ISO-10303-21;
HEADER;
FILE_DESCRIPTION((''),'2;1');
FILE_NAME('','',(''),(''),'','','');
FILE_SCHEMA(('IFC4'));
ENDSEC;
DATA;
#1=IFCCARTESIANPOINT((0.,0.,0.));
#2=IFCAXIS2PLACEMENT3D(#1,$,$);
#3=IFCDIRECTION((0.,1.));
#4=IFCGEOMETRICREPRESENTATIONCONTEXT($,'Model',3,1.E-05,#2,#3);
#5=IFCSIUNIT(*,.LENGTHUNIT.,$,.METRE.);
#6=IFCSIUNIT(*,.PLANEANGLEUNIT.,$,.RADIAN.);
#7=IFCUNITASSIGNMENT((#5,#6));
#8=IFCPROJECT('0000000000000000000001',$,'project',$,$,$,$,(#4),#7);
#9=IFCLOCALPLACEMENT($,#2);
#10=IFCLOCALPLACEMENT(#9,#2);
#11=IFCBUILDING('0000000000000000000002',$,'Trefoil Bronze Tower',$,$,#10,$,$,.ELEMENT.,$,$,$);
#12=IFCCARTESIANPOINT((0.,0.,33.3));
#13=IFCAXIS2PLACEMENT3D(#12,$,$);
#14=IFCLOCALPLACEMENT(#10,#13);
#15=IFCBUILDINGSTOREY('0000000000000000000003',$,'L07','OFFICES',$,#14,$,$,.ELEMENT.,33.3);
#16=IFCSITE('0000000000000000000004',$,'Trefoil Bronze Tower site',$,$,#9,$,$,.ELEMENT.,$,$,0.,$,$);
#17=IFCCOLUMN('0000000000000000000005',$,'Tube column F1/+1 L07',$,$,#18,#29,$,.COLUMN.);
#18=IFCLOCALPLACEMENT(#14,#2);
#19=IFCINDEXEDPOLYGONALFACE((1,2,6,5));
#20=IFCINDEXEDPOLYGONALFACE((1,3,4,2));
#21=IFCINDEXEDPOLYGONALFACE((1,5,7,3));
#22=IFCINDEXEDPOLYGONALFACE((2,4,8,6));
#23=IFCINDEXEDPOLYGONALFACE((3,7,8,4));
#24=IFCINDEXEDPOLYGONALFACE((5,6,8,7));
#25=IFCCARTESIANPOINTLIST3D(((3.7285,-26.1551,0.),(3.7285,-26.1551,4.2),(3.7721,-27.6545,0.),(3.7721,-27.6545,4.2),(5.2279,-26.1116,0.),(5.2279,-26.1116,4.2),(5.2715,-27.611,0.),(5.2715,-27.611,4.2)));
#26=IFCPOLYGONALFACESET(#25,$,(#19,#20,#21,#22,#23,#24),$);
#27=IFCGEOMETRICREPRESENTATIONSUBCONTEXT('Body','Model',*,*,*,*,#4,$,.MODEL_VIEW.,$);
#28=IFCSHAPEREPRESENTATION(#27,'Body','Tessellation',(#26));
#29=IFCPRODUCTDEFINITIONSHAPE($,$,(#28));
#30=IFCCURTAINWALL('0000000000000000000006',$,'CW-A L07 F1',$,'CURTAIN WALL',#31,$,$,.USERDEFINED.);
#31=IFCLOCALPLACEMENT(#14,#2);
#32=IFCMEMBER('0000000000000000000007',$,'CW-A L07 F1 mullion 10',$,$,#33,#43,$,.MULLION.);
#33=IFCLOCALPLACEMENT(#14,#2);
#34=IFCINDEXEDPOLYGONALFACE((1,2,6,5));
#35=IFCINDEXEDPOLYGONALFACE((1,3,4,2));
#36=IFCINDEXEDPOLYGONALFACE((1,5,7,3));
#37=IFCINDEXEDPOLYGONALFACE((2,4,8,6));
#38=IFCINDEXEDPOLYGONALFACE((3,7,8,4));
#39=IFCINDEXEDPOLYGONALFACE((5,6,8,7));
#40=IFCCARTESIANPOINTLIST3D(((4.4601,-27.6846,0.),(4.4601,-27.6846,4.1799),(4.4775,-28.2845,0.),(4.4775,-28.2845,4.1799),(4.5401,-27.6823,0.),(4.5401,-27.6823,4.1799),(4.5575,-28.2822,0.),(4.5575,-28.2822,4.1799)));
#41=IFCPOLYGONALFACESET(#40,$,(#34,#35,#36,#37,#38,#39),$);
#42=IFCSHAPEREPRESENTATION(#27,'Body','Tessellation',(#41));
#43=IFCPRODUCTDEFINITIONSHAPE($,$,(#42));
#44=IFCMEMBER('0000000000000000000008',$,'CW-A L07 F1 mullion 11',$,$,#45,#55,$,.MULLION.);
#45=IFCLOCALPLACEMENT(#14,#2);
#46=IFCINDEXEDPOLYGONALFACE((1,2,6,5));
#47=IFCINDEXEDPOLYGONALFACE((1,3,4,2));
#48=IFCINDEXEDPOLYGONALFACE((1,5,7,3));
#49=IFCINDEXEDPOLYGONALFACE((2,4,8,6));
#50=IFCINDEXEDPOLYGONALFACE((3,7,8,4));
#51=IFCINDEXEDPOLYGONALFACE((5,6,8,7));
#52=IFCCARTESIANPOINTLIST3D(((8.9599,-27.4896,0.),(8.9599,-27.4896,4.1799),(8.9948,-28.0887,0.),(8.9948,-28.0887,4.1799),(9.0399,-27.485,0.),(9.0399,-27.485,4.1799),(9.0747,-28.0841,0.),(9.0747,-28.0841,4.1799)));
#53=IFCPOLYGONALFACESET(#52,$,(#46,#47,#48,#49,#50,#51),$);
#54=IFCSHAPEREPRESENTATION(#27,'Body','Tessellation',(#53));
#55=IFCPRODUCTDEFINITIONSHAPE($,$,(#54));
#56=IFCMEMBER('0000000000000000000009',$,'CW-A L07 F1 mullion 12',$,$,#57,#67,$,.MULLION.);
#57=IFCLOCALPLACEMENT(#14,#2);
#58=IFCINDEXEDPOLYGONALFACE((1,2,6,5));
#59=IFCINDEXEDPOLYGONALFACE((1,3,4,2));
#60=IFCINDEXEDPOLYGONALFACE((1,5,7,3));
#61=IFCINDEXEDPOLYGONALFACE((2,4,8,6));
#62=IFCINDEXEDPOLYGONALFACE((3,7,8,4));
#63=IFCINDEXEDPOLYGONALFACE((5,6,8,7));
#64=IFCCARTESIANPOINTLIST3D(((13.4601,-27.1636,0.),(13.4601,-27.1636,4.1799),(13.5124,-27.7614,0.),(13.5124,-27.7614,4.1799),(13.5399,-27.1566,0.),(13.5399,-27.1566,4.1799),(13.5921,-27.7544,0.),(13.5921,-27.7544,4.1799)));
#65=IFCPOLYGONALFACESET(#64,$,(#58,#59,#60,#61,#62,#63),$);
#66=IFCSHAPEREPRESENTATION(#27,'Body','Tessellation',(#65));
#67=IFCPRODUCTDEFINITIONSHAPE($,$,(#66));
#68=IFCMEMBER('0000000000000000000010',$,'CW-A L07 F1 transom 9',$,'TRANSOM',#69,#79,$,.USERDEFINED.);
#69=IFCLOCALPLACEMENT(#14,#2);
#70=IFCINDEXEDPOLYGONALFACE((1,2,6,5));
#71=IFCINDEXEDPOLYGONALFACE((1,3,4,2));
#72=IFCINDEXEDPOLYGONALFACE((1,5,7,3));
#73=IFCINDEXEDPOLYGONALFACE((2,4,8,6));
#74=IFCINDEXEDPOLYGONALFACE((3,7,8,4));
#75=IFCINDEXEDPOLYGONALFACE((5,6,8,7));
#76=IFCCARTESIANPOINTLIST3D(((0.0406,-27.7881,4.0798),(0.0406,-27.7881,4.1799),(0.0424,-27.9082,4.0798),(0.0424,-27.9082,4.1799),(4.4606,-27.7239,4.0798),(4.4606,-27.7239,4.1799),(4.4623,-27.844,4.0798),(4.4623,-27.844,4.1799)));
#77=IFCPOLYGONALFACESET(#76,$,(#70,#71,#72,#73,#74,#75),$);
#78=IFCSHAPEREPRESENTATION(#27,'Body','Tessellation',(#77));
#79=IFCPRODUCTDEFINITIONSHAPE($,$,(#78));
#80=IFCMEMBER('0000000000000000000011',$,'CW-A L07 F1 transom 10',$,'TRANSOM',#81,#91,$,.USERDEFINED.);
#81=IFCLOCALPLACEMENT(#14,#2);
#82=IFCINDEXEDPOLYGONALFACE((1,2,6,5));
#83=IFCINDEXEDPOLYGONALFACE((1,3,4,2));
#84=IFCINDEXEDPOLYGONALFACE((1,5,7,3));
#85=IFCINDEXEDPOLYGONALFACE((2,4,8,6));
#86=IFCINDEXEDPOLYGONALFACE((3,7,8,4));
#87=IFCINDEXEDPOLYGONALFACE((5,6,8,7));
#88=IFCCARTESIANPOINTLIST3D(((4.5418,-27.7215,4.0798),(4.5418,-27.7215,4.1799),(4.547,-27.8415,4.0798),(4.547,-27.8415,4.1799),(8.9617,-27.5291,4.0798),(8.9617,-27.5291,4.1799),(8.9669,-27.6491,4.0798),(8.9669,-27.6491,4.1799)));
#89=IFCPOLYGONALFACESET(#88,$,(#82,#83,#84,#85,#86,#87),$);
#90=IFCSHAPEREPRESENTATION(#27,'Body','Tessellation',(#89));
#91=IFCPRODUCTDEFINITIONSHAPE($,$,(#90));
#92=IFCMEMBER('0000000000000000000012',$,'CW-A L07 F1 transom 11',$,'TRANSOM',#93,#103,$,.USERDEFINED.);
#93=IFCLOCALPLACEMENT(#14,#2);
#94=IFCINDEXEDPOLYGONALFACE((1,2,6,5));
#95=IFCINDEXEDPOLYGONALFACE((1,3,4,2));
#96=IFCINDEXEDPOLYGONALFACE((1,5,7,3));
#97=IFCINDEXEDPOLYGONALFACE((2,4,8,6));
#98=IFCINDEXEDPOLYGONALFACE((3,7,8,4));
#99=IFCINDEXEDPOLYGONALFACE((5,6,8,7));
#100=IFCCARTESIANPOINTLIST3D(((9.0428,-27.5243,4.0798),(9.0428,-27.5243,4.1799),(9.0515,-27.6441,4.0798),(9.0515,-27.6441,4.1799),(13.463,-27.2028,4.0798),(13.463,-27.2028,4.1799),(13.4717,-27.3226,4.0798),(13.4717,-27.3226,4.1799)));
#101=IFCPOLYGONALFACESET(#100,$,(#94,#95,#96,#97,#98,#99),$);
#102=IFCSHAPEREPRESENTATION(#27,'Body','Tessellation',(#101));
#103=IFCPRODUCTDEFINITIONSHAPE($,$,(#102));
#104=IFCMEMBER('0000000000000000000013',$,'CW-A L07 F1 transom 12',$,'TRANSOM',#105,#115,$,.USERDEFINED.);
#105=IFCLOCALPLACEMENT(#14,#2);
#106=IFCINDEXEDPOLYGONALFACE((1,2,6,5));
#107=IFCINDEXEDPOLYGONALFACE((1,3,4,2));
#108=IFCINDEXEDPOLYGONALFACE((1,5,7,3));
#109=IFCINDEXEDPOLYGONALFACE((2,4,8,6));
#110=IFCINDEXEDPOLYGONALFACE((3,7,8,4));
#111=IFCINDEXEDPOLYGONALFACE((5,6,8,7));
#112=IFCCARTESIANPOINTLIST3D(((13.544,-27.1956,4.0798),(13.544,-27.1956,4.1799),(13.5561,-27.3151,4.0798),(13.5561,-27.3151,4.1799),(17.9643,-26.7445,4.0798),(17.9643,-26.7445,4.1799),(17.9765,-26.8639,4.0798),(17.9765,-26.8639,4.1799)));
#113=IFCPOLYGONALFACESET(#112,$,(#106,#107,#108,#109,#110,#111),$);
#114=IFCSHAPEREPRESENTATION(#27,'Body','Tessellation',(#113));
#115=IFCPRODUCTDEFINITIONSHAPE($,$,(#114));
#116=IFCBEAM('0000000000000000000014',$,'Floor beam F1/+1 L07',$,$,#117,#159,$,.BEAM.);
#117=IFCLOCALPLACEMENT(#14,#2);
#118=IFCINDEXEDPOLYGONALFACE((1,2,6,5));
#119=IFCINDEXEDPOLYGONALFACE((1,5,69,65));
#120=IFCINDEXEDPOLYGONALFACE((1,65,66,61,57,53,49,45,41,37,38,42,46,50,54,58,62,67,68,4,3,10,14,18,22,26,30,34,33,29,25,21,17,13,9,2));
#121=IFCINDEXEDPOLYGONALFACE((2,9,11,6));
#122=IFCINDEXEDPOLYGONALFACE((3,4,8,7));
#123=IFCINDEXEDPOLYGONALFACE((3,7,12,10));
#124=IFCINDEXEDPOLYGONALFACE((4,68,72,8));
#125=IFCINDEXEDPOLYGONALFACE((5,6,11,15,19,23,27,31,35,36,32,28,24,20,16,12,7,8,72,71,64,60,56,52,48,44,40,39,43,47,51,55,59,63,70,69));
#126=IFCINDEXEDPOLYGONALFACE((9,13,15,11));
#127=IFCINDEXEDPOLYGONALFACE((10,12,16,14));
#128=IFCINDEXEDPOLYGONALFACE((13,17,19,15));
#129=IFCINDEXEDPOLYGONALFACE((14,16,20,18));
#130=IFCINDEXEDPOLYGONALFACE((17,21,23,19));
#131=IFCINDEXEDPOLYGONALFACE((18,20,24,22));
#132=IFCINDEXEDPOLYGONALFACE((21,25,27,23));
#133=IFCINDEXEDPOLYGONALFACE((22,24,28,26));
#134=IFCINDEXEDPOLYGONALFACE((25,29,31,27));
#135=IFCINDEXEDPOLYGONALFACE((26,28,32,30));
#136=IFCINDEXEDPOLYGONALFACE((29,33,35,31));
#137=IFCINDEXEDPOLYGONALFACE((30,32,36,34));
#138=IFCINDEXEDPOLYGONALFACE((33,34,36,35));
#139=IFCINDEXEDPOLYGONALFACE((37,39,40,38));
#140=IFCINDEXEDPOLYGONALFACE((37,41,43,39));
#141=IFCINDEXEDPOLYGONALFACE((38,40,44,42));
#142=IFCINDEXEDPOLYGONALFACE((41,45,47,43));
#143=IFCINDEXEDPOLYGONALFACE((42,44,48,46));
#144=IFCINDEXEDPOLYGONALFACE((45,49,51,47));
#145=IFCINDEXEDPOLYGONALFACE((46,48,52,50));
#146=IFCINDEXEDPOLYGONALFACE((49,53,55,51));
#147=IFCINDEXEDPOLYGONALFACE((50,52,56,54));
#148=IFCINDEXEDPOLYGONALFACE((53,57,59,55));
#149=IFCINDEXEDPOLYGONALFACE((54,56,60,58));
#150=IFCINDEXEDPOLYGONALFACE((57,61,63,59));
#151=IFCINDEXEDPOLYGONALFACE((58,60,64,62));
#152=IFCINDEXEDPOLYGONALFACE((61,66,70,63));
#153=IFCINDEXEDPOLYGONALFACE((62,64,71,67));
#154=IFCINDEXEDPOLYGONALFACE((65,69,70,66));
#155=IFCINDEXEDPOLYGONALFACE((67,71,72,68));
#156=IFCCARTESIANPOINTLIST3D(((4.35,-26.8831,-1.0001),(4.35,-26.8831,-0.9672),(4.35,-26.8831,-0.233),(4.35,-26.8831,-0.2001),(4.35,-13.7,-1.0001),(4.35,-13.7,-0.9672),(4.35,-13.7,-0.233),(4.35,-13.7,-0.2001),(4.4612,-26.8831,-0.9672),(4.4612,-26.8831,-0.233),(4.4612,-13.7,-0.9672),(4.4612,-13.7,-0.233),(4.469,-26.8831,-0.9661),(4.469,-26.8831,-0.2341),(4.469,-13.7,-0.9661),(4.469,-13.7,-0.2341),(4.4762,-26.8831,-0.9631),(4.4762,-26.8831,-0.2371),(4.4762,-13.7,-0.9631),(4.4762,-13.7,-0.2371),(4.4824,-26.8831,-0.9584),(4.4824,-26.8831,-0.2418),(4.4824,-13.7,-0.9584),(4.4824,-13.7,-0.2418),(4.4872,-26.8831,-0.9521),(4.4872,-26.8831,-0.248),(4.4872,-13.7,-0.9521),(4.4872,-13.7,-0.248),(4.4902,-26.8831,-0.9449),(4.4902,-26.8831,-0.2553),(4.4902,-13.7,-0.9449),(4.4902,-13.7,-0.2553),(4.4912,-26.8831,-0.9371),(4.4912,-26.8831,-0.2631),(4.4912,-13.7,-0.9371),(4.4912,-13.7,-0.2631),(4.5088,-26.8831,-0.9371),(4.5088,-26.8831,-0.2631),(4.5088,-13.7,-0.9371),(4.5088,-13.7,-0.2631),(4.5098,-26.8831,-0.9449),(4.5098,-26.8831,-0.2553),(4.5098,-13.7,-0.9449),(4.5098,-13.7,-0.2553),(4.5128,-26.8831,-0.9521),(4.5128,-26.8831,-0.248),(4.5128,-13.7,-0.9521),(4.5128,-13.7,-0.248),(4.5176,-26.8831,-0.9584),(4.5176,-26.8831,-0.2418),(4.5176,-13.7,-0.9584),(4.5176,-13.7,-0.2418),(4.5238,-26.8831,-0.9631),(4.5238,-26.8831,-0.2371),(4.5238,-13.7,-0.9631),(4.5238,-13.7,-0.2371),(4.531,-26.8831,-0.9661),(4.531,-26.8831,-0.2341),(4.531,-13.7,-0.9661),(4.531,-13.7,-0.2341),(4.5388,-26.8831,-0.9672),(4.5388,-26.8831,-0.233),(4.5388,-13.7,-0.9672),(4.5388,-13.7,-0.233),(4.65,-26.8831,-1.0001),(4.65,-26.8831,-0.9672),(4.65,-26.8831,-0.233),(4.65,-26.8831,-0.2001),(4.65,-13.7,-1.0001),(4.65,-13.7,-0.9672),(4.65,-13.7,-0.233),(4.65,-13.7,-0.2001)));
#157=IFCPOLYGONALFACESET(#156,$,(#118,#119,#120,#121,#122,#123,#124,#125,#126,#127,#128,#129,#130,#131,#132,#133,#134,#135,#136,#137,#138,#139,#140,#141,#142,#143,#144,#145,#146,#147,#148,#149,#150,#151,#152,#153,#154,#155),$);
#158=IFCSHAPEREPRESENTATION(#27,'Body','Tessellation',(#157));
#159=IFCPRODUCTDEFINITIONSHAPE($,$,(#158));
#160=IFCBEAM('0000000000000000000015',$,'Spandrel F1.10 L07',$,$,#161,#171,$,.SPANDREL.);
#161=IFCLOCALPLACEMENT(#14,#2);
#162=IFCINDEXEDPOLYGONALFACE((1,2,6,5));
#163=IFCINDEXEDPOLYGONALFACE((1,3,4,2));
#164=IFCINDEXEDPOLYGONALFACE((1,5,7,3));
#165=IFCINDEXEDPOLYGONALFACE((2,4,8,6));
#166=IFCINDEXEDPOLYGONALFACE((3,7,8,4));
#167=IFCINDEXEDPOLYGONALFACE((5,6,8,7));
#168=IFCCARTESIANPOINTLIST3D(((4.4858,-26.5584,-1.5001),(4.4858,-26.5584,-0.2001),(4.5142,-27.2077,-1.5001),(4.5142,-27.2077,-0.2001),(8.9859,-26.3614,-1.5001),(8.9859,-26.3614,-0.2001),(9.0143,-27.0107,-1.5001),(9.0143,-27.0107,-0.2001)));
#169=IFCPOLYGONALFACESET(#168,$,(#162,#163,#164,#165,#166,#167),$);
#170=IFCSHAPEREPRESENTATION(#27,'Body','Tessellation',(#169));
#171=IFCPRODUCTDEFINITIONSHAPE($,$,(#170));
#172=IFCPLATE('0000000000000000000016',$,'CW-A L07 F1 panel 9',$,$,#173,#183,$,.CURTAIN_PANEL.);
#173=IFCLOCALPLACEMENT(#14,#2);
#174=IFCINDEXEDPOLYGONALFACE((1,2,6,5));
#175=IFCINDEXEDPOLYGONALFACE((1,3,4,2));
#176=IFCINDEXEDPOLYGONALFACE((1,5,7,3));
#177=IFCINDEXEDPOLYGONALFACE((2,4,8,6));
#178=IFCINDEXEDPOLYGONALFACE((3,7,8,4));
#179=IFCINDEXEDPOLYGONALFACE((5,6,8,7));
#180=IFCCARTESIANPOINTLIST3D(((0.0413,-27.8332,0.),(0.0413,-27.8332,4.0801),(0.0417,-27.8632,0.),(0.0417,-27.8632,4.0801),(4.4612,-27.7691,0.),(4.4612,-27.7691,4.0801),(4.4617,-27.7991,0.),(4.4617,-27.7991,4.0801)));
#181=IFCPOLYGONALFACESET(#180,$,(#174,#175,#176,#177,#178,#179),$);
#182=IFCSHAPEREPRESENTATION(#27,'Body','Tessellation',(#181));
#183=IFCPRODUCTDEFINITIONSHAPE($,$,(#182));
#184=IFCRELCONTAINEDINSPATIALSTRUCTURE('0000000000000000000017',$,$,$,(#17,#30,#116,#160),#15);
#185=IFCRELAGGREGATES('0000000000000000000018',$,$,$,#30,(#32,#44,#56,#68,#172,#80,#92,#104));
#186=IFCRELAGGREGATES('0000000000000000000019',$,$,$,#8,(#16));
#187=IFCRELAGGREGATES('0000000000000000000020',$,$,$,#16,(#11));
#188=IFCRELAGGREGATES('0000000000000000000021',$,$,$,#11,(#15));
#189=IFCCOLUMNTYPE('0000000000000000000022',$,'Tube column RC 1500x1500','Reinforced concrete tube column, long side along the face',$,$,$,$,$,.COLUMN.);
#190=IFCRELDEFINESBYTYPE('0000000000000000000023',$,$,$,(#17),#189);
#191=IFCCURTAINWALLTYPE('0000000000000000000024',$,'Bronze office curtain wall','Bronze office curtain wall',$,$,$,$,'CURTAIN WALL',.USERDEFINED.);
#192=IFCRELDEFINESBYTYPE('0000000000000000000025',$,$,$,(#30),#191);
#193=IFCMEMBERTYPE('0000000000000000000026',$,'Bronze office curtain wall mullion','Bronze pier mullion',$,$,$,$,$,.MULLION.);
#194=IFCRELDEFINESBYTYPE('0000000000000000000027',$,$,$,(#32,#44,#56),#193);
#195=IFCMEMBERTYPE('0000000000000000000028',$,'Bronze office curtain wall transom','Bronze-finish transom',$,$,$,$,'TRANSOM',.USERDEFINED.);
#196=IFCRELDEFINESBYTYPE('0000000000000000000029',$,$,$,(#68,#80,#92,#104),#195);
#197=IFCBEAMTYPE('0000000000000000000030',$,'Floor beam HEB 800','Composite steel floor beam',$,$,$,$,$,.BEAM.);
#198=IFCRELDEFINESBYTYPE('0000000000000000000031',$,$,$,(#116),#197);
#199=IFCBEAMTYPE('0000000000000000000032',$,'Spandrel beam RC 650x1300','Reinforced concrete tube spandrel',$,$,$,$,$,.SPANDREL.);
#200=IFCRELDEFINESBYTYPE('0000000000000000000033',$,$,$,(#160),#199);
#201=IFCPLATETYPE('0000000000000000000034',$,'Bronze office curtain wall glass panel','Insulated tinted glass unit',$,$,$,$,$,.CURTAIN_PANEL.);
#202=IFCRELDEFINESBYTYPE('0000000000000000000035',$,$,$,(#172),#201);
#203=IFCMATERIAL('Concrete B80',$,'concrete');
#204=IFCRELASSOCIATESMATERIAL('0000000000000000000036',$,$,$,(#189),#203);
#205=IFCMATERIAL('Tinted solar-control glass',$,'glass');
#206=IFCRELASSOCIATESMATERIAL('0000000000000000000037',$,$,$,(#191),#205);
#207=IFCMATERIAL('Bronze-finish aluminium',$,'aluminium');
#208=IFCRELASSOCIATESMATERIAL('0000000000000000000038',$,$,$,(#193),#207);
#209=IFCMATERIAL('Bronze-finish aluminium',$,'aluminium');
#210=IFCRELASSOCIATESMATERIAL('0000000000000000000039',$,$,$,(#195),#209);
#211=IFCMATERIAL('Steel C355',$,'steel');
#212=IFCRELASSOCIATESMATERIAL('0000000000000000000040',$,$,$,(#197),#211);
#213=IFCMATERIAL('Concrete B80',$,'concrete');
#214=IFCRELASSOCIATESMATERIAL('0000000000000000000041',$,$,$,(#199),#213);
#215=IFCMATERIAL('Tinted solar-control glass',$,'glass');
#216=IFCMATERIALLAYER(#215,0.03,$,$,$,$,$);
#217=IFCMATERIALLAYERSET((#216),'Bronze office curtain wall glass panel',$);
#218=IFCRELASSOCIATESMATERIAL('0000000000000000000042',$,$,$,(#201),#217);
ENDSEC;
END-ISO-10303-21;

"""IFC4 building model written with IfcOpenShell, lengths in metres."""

from ifc_helpers import new_model, si_unit, direction, frame, origin, origin_2d, place, context, subcontext, project, spatial, rectangle, i_section, extrude, material, layer, layer_set, material_profile, profile_set, type_object, element, aggregate, save


model = new_model("IFC4")

# Units and contexts
model_context = context("Model", 3, precision=1e-05, world=origin(), true_north=direction((0.0, 1.0)))
body_context = subcontext(model_context, "Body", "Model", "MODEL_VIEW")
ifc_project = project(units=[si_unit("LENGTHUNIT", "METRE"), si_unit("PLANEANGLEUNIT", "RADIAN")], contexts=[model_context])

# Site, building, storey
site_placement = place(None, origin())
site = spatial("IfcSite", under=ifc_project, at=site_placement, Name="Trefoil Bronze Tower site", CompositionType="ELEMENT", RefElevation=0.0)
building_placement = place(site_placement, origin())
building = spatial("IfcBuilding", under=site, at=building_placement, Name="Trefoil Bronze Tower", CompositionType="ELEMENT")
storey_placement = place(building_placement, frame((0.0, 0.0, 33.3)))
storey = spatial("IfcBuildingStorey", under=building, at=storey_placement, Name="L07", Description="OFFICES", CompositionType="ELEMENT", Elevation=33.3)

# Column
ifc_material_1 = material(Name="Concrete B80", Category="concrete")
ifc_material_profile_1 = material_profile(ifc_material_1, rectangle(XDim=1.5, YDim=1.5, at=origin_2d()), Name="RC 1500x1500")
ifc_profile_set_1 = profile_set([ifc_material_profile_1], Name="Concrete B80")
column_type = type_object("IfcColumnType", Name="Tube column RC 1500x1500", Description="Reinforced concrete tube column, long side along the face", PredefinedType="COLUMN", material=ifc_profile_set_1)
column_placement = place(storey_placement, frame((4.5, -26.8831, 0.0), z_axis=(0.0, 0.0, 1.0), x_axis=(0.999579, 0.029022, 0.0)))
element("IfcColumn", 1, at=column_placement, inside=storey, type_object=column_type, Name="Tube column F1/+1 L07", PredefinedType="COLUMN", context=body_context, shape_type="SweptSolid", body=[
    extrude(rectangle(XDim=1.5, YDim=1.5, at=origin_2d()), origin(), (0.0, 0.0, 1.0), 4.2),
])

# Curtain wall, members
ifc_material_2 = material(Name="Tinted solar-control glass", Category="glass")
curtain_wall_type = type_object("IfcCurtainWallType", Name="Bronze office curtain wall", Description="Bronze office curtain wall", ElementType="CURTAIN WALL", PredefinedType="USERDEFINED", material=ifc_material_2)
curtain_wall_placement = place(storey_placement, origin())
curtain_wall = element("IfcCurtainWall", 2, at=curtain_wall_placement, inside=storey, type_object=curtain_wall_type, Name="CW-A L07 F1", ObjectType="CURTAIN WALL", PredefinedType="USERDEFINED")
ifc_material_3 = material(Name="Bronze-finish aluminium", Category="aluminium")
ifc_material_profile_2 = material_profile(ifc_material_3, rectangle(XDim=0.6001, YDim=0.0801, at=origin_2d()), Name="CW-A mullion")
ifc_profile_set_2 = profile_set([ifc_material_profile_2], Name="Bronze-finish aluminium")
member_type_1 = type_object("IfcMemberType", Name="Bronze office curtain wall mullion", Description="Bronze pier mullion", PredefinedType="MULLION", material=ifc_profile_set_2)
member_1_placement = place(storey_placement, frame((4.5088, -27.9834, 0.0), z_axis=(0.0, 0.0, 1.0), x_axis=(-0.029022, 0.999579, 0.0)))
member_1 = element("IfcMember", 3, at=member_1_placement, type_object=member_type_1, Name="CW-A L07 F1 mullion 10", PredefinedType="MULLION", context=body_context, shape_type="SweptSolid", body=[
    extrude(rectangle(XDim=0.6001, YDim=0.0801, at=origin_2d()), origin(), (0.0, 0.0, 1.0), 4.1799),
])
member_2_placement = place(storey_placement, frame((9.0173, -27.7869, 0.0), z_axis=(0.0, 0.0, 1.0), x_axis=(-0.058043, 0.998314, 0.0)))
member_2 = element("IfcMember", 4, at=member_2_placement, type_object=member_type_1, Name="CW-A L07 F1 mullion 11", PredefinedType="MULLION", context=body_context, shape_type="SweptSolid", body=[
    extrude(rectangle(XDim=0.6001, YDim=0.0801, at=origin_2d()), origin(), (0.0, 0.0, 1.0), 4.1799),
])
member_3_placement = place(storey_placement, frame((13.5261, -27.459, 0.0), z_axis=(0.0, 0.0, 1.0), x_axis=(-0.087065, 0.996203, 0.0)))
member_3 = element("IfcMember", 5, at=member_3_placement, type_object=member_type_1, Name="CW-A L07 F1 mullion 12", PredefinedType="MULLION", context=body_context, shape_type="SweptSolid", body=[
    extrude(rectangle(XDim=0.6001, YDim=0.0801, at=origin_2d()), origin(), (0.0, 0.0, 1.0), 4.1799),
])
ifc_material_4 = material(Name="Bronze-finish aluminium", Category="aluminium")
ifc_material_profile_3 = material_profile(ifc_material_4, rectangle(XDim=0.1201, YDim=0.1001, at=origin_2d()), Name="CW-A transom")
ifc_profile_set_3 = profile_set([ifc_material_profile_3], Name="Bronze-finish aluminium")
member_type_2 = type_object("IfcMemberType", Name="Bronze office curtain wall transom", Description="Bronze-finish transom", ElementType="TRANSOM", PredefinedType="USERDEFINED", material=ifc_profile_set_3)
member_4_placement = place(storey_placement, frame((0.0415, -27.8481, 4.1299), z_axis=(0.999894, 0.014526, 0.0), x_axis=(-0.014526, 0.999894, 0.0)))
member_4 = element("IfcMember", 6, at=member_4_placement, type_object=member_type_2, Name="CW-A L07 F1 transom 9", ObjectType="TRANSOM", PredefinedType="USERDEFINED", context=body_context, shape_type="SweptSolid", body=[
    extrude(rectangle(XDim=0.1201, YDim=0.1001, at=origin_2d()), origin(), (0.0, 0.0, 1.0), 4.4204),
])
member_5_placement = place(storey_placement, frame((4.5444, -27.7815, 4.1299), z_axis=(0.999054, 0.043485, 0.0), x_axis=(-0.043485, 0.999054, 0.0)))
member_5 = element("IfcMember", 7, at=member_5_placement, type_object=member_type_2, Name="CW-A L07 F1 transom 10", ObjectType="TRANSOM", PredefinedType="USERDEFINED", context=body_context, shape_type="SweptSolid", body=[
    extrude(rectangle(XDim=0.1201, YDim=0.1001, at=origin_2d()), origin(), (0.0, 0.0, 1.0), 4.4241),
])
member_6_placement = place(storey_placement, frame((9.0471, -27.5842, 4.1299), z_axis=(0.997365, 0.072551, 0.0), x_axis=(-0.072551, 0.997365, 0.0)))
member_6 = element("IfcMember", 8, at=member_6_placement, type_object=member_type_2, Name="CW-A L07 F1 transom 11", ObjectType="TRANSOM", PredefinedType="USERDEFINED", context=body_context, shape_type="SweptSolid", body=[
    extrude(rectangle(XDim=0.1201, YDim=0.1001, at=origin_2d()), origin(), (0.0, 0.0, 1.0), 4.4319),
])
member_7_placement = place(storey_placement, frame((13.55, -27.2554, 4.1299), z_axis=(0.994832, 0.101538, 0.0), x_axis=(-0.101538, 0.994832, 0.0)))
member_7 = element("IfcMember", 9, at=member_7_placement, type_object=member_type_2, Name="CW-A L07 F1 transom 12", ObjectType="TRANSOM", PredefinedType="USERDEFINED", context=body_context, shape_type="SweptSolid", body=[
    extrude(rectangle(XDim=0.1201, YDim=0.1001, at=origin_2d()), origin(), (0.0, 0.0, 1.0), 4.4434),
])

# Beams
ifc_material_5 = material(Name="Steel C355", Category="steel")
ifc_material_profile_4 = material_profile(ifc_material_5, i_section(OverallWidth=0.3, OverallDepth=0.8, WebThickness=0.0176, FlangeThickness=0.033, FilletRadius=0.03, at=origin_2d()), Name="HEB 800")
ifc_profile_set_4 = profile_set([ifc_material_profile_4], Name="Steel C355")
beam_type_1 = type_object("IfcBeamType", Name="Floor beam HEB 800", Description="Composite steel floor beam", PredefinedType="BEAM", material=ifc_profile_set_4)
beam_1_placement = place(storey_placement, frame((4.5, -26.8831, -0.6001), z_axis=(0.0, 1.0, 0.0), x_axis=(-1.0, 0.0, 0.0)))
element("IfcBeam", 10, at=beam_1_placement, inside=storey, type_object=beam_type_1, Name="Floor beam F1/+1 L07", PredefinedType="BEAM", context=body_context, shape_type="SweptSolid", body=[
    extrude(i_section(OverallWidth=0.3, OverallDepth=0.8, WebThickness=0.0176, FlangeThickness=0.033, FilletRadius=0.03, at=origin_2d()), origin(), (0.0, 0.0, 1.0), 13.1831),
])
ifc_material_6 = material(Name="Concrete B80", Category="concrete")
ifc_material_profile_5 = material_profile(ifc_material_6, rectangle(XDim=0.6499, YDim=1.3, at=origin_2d()), Name="RC 650x1300")
ifc_profile_set_5 = profile_set([ifc_material_profile_5], Name="Concrete B80")
beam_type_2 = type_object("IfcBeamType", Name="Spandrel beam RC 650x1300", Description="Reinforced concrete tube spandrel", PredefinedType="SPANDREL", material=ifc_profile_set_5)
beam_2_placement = place(storey_placement, frame((4.5, -26.8831, -0.8501), z_axis=(0.999043, 0.043741, 0.0), x_axis=(-0.043741, 0.999043, 0.0)))
element("IfcBeam", 11, at=beam_2_placement, inside=storey, type_object=beam_type_2, Name="Spandrel F1.10 L07", PredefinedType="SPANDREL", context=body_context, shape_type="SweptSolid", body=[
    extrude(rectangle(XDim=0.6499, YDim=1.3, at=origin_2d()), origin(), (0.0, 0.0, 1.0), 4.5044),
])

# Plate
ifc_material_7 = material(Name="Tinted solar-control glass", Category="glass")
ifc_layer_1 = layer(ifc_material_7, 0.03)
ifc_layer_set_1 = layer_set([ifc_layer_1], Name="Bronze office curtain wall glass panel")
plate_type = type_object("IfcPlateType", Name="Bronze office curtain wall glass panel", Description="Insulated tinted glass unit", PredefinedType="CURTAIN_PANEL", material=ifc_layer_set_1)
plate_1_placement = place(storey_placement, frame((2.2515, -27.8162, 0.0), z_axis=(0.0, 0.0, 1.0), x_axis=(0.999895, 0.014509, 0.0)))
plate_1 = element("IfcPlate", 12, at=plate_1_placement, type_object=plate_type, Name="CW-A L07 F1 panel 9", PredefinedType="CURTAIN_PANEL", context=body_context, shape_type="SweptSolid", body=[
    extrude(rectangle(XDim=4.4204, YDim=0.03, at=origin_2d()), origin(), (0.0, 0.0, 1.0), 4.0801),
])
aggregate(curtain_wall, [member_1, member_2, member_3, member_4, plate_1, member_5, member_6, member_7])

save(model, "model.ifc")
